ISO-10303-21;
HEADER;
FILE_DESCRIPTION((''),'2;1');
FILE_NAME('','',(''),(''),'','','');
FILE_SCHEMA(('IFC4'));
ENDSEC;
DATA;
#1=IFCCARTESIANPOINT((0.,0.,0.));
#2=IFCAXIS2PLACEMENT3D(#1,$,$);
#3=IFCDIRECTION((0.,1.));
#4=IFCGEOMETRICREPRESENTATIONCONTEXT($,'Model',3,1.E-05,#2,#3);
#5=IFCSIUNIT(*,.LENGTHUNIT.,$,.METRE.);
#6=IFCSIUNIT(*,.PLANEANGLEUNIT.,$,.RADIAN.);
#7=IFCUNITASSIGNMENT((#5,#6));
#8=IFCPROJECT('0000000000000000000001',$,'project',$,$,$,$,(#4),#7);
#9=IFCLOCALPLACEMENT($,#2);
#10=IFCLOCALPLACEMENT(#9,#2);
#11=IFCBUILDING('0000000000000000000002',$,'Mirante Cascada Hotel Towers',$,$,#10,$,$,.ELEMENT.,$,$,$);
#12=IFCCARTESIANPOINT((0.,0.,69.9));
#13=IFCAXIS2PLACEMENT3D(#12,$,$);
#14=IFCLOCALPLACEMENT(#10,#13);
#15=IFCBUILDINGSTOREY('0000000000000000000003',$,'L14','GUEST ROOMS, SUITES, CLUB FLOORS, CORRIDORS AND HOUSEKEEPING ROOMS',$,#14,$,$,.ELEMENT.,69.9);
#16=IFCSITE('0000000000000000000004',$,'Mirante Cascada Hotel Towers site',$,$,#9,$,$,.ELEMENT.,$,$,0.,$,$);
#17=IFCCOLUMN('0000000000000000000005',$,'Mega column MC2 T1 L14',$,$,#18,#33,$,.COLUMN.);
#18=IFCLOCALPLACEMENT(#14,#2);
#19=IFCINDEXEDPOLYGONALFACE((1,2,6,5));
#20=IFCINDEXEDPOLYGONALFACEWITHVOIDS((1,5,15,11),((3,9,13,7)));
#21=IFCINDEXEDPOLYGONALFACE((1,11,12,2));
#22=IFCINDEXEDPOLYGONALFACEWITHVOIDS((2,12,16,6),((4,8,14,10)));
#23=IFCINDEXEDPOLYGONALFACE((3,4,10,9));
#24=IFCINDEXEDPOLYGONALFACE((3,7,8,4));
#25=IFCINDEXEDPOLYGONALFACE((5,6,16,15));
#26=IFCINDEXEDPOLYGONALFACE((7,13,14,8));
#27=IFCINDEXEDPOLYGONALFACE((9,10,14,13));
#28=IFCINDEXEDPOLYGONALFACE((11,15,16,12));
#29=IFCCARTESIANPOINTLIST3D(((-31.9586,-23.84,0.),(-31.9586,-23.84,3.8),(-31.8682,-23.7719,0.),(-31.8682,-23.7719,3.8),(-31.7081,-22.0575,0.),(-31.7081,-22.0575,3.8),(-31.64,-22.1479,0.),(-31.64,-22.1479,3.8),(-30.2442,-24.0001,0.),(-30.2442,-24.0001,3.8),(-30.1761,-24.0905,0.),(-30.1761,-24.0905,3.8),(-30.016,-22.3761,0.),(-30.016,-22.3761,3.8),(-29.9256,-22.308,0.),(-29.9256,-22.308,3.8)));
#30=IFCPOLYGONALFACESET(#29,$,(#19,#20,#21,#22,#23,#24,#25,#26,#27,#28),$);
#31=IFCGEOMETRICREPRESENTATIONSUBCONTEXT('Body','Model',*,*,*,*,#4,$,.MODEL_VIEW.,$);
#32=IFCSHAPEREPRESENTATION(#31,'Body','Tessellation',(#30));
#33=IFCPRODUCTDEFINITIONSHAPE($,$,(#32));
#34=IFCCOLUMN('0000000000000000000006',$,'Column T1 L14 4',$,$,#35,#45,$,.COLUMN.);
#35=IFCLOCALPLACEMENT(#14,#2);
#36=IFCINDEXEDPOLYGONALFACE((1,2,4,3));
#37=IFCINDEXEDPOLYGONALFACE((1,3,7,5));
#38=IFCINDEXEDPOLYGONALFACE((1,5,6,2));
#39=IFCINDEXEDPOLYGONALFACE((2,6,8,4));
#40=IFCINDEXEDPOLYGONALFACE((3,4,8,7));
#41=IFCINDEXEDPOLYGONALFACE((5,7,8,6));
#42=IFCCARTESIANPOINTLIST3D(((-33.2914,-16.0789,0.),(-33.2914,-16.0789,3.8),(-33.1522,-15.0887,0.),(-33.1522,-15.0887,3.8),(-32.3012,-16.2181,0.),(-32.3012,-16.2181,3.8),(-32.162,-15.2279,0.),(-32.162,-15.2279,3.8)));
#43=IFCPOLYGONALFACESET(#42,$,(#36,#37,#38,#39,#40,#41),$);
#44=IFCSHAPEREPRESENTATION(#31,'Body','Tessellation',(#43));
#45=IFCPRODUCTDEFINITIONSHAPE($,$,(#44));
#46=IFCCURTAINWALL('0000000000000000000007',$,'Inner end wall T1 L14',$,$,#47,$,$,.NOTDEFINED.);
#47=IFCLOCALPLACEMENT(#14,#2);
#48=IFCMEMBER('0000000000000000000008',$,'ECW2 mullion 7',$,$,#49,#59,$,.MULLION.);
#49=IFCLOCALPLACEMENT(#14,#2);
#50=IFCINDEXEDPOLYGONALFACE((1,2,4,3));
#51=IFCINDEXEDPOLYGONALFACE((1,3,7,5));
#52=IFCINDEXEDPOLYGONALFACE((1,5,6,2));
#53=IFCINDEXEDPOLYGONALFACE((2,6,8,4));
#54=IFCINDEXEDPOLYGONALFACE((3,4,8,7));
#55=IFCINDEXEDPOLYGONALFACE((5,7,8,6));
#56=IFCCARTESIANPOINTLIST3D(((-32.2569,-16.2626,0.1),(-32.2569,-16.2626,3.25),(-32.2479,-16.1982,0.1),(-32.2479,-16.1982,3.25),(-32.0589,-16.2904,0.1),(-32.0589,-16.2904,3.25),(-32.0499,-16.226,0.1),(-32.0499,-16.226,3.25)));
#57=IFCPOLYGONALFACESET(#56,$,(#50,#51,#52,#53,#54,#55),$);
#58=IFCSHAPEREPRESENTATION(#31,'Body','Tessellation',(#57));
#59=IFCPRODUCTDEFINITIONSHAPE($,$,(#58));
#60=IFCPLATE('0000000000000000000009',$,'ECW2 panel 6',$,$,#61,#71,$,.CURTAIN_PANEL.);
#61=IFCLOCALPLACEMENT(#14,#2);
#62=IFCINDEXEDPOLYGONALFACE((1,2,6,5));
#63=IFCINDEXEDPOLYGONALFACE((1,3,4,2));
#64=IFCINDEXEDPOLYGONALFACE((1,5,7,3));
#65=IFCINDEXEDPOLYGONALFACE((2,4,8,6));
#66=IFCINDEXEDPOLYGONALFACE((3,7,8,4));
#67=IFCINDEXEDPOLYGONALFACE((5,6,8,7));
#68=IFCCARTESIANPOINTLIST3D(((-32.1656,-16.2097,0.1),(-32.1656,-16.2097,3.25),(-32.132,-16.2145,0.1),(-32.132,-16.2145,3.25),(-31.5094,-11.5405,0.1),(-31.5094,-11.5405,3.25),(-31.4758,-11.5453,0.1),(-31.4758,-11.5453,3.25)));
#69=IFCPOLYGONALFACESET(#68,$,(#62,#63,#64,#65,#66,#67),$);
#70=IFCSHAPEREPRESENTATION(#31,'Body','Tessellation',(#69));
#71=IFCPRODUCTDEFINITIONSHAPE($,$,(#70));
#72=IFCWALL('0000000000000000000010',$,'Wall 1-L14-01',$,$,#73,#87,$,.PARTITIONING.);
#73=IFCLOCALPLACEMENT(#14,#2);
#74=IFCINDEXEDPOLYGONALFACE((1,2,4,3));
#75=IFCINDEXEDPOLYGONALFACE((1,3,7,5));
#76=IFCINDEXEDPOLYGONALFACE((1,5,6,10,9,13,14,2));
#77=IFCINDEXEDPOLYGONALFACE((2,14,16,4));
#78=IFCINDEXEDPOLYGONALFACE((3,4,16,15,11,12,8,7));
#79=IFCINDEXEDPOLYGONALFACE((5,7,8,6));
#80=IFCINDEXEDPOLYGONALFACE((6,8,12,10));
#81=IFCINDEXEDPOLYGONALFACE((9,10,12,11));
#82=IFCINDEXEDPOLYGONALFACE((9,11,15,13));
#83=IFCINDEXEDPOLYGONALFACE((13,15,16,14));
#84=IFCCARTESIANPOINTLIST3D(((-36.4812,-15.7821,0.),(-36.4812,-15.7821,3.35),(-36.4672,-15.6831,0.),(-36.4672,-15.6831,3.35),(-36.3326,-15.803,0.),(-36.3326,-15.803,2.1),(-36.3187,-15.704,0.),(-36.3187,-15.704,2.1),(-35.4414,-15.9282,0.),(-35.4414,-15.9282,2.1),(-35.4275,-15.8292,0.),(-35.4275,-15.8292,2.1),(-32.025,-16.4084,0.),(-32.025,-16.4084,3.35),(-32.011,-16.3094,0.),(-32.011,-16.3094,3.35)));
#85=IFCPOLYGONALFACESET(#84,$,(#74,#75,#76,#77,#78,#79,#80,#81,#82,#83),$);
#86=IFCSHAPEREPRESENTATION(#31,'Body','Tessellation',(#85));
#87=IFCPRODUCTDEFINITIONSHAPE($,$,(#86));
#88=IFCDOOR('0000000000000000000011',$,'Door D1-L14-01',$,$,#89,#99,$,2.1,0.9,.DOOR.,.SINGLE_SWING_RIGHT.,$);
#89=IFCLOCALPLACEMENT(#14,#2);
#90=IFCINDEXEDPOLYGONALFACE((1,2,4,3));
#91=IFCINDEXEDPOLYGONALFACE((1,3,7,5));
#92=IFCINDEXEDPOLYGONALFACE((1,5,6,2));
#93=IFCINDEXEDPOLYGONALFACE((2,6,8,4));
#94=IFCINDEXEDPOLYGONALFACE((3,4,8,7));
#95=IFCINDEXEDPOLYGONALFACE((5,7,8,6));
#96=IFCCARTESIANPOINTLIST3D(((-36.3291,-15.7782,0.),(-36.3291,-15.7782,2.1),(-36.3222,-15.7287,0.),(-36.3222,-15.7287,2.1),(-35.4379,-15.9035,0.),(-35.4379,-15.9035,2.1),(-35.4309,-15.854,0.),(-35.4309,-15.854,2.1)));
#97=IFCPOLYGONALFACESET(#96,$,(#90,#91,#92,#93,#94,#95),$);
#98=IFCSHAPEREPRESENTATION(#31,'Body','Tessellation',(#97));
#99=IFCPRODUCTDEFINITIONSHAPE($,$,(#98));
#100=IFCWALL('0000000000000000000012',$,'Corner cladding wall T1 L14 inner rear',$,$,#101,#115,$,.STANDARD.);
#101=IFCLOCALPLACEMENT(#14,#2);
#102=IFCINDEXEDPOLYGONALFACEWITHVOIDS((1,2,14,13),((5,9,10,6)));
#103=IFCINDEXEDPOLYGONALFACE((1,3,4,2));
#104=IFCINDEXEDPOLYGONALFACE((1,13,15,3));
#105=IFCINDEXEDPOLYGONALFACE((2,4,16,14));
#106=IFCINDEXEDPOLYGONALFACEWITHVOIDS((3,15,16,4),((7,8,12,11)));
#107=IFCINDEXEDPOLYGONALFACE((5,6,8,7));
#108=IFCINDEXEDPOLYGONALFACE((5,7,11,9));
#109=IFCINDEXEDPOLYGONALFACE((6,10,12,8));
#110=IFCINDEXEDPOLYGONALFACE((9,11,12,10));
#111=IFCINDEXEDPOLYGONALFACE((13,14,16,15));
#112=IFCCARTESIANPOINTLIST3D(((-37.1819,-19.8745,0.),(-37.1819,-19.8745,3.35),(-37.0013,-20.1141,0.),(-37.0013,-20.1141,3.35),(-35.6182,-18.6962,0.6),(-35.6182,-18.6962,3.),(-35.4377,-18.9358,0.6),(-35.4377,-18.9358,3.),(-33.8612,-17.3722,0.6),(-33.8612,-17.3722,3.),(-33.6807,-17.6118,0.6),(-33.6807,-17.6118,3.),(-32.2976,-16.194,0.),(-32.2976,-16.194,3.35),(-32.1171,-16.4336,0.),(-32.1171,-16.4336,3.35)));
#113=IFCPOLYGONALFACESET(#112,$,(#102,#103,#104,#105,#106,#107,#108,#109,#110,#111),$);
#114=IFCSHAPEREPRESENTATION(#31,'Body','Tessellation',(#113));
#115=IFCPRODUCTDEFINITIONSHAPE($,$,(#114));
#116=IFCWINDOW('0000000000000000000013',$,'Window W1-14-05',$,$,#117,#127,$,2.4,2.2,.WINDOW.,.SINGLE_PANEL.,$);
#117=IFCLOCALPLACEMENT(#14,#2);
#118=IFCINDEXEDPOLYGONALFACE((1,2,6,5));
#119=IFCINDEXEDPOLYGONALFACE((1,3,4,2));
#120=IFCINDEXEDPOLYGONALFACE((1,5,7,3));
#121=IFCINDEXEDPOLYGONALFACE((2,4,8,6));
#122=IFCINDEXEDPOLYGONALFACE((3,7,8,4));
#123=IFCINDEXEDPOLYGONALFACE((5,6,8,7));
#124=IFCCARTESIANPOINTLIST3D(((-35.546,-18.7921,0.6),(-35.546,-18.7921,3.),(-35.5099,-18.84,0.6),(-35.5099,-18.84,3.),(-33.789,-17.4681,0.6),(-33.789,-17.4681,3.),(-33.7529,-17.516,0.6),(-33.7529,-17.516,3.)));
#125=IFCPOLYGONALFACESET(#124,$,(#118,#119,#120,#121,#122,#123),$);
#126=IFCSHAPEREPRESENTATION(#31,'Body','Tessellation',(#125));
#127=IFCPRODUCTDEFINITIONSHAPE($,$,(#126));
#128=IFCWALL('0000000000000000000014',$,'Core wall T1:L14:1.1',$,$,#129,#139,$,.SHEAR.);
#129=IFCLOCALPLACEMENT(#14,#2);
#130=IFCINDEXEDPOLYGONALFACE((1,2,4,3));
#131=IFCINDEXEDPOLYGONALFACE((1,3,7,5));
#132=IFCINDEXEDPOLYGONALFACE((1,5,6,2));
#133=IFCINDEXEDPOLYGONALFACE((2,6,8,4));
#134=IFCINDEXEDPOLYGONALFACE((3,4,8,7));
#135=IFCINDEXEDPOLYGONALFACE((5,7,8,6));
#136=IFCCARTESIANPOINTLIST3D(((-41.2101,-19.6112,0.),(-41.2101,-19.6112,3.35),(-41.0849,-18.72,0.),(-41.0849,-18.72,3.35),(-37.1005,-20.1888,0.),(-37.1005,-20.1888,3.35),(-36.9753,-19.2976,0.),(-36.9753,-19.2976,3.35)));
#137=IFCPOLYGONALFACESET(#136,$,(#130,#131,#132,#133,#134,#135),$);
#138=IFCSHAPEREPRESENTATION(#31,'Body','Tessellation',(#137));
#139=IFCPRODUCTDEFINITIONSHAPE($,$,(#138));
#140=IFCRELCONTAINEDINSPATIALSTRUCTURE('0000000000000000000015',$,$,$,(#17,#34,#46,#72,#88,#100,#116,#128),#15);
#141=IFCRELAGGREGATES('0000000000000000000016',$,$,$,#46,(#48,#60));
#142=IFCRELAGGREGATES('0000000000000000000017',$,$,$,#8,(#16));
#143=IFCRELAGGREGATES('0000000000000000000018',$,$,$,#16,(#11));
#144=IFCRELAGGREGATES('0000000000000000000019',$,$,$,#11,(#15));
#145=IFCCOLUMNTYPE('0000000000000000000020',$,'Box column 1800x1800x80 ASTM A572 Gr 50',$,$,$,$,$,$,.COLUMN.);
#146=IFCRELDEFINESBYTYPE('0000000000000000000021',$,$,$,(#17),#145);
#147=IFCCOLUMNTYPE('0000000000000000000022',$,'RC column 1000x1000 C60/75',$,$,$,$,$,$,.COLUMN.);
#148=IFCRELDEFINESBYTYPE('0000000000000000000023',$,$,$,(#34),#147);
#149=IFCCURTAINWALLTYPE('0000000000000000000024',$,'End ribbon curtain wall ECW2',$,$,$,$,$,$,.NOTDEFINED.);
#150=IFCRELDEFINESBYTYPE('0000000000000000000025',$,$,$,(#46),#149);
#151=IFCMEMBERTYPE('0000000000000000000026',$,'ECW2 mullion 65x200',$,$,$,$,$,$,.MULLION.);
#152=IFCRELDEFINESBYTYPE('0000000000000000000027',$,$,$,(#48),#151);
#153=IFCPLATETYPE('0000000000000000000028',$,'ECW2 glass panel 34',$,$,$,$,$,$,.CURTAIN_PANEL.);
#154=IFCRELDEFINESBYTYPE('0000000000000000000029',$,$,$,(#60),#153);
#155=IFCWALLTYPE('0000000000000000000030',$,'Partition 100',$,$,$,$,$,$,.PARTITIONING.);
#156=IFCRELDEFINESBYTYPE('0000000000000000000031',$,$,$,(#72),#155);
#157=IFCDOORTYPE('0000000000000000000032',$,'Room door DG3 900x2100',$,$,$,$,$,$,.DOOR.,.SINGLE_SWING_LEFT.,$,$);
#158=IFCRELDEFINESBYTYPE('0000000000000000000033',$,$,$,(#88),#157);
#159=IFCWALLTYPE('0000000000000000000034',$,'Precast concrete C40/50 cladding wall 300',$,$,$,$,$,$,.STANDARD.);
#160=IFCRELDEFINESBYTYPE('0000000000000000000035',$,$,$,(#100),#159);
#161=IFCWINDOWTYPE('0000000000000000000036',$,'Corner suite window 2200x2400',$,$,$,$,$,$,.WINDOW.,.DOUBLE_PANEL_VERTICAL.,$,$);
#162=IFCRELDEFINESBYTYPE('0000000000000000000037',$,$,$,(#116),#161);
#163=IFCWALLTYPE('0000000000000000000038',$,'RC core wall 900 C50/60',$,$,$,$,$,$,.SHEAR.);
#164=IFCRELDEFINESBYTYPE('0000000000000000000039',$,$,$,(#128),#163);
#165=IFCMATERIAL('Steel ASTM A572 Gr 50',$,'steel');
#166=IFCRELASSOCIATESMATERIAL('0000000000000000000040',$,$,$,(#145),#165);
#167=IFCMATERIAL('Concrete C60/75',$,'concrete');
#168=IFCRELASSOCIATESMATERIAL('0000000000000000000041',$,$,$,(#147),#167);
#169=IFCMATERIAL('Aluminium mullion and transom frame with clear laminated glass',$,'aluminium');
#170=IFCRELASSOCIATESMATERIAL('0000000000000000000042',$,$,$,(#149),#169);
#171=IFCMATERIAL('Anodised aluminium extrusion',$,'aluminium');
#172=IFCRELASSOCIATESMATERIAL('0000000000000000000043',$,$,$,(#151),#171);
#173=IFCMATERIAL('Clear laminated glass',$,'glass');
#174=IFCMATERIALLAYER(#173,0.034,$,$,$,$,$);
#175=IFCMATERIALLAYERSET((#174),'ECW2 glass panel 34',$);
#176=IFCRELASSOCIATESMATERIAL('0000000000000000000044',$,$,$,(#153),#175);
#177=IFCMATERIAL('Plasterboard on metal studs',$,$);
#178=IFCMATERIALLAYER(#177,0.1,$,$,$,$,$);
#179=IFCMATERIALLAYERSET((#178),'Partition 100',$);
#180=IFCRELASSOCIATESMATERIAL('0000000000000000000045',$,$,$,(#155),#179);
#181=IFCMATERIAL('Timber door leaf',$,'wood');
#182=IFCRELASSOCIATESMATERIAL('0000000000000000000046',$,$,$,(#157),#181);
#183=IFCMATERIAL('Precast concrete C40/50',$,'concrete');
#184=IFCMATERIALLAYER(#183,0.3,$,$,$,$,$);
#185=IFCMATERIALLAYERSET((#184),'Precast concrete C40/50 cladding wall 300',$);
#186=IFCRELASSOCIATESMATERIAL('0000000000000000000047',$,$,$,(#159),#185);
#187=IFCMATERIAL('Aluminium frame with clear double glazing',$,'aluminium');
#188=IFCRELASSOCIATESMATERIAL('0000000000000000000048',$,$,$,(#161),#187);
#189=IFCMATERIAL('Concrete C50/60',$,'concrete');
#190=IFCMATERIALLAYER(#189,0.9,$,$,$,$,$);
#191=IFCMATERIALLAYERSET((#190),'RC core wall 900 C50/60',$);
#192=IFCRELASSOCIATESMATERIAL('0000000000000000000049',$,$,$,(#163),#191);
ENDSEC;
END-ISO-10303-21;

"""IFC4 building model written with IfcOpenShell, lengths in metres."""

from ifc_helpers import new_model, si_unit, direction, frame, frame_2d, origin, origin_2d, place, context, subcontext, project, spatial, rectangle, hollow_rectangle, extrude, material, layer, layer_set, material_profile, profile_set, type_object, element, fill, aggregate, save


model = new_model("IFC4")

# Units and contexts
model_context = context("Model", 3, precision=1e-05, world=origin(), true_north=direction((0.0, 1.0)))
body_context = subcontext(model_context, "Body", "Model", "MODEL_VIEW")
ifc_project = project(units=[si_unit("LENGTHUNIT", "METRE"), si_unit("PLANEANGLEUNIT", "RADIAN")], contexts=[model_context])

# Site, building, storey
site_placement = place(None, origin())
site = spatial("IfcSite", under=ifc_project, at=site_placement, Name="Mirante Cascada Hotel Towers site", CompositionType="ELEMENT", RefElevation=0.0)
building_placement = place(site_placement, origin())
building = spatial("IfcBuilding", under=site, at=building_placement, Name="Mirante Cascada Hotel Towers", CompositionType="ELEMENT")
storey_placement = place(building_placement, frame((0.0, 0.0, 69.9)))
storey = spatial("IfcBuildingStorey", under=building, at=storey_placement, Name="L14", Description="GUEST ROOMS, SUITES, CLUB FLOORS, CORRIDORS AND HOUSEKEEPING ROOMS", CompositionType="ELEMENT", Elevation=69.9)

# Columns
ifc_material_1 = material(Name="Steel ASTM A572 Gr 50", Category="steel")
ifc_material_profile_1 = material_profile(ifc_material_1, hollow_rectangle(XDim=1.8, YDim=1.8, WallThickness=0.08, at=origin_2d()), Name="Box column 1800x1800x80 ASTM A572 Gr 50")
ifc_profile_set_1 = profile_set([ifc_material_profile_1], Name="Steel ASTM A572 Gr 50")
column_type_1 = type_object("IfcColumnType", Name="Box column 1800x1800x80 ASTM A572 Gr 50", PredefinedType="COLUMN", material=ifc_profile_set_1)
column_1_placement = place(storey_placement, frame((-30.9421, -23.074, 0.0), z_axis=(0.0, 0.0, 1.0), x_axis=(-0.990268, 0.139173, 0.0)))
element("IfcColumn", 1, at=column_1_placement, inside=storey, type_object=column_type_1, Name="Mega column MC2 T1 L14", PredefinedType="COLUMN", context=body_context, shape_type="SweptSolid", body=[
    extrude(hollow_rectangle(XDim=1.8, YDim=1.8, WallThickness=0.08, at=origin_2d()), origin(), (0.0, 0.0, 1.0), 3.8),
])
ifc_material_2 = material(Name="Concrete C60/75", Category="concrete")
ifc_material_profile_2 = material_profile(ifc_material_2, rectangle(XDim=1.0, YDim=1.0, at=origin_2d()), Name="RC column 1000x1000 C60/75")
ifc_profile_set_2 = profile_set([ifc_material_profile_2], Name="Concrete C60/75")
column_type_2 = type_object("IfcColumnType", Name="RC column 1000x1000 C60/75", PredefinedType="COLUMN", material=ifc_profile_set_2)
column_2_placement = place(storey_placement, frame((-32.7267, -15.6534, 0.0), z_axis=(0.0, 0.0, 1.0), x_axis=(-0.990268, 0.139173, 0.0)))
element("IfcColumn", 2, at=column_2_placement, inside=storey, type_object=column_type_2, Name="Column T1 L14 4", PredefinedType="COLUMN", context=body_context, shape_type="SweptSolid", body=[
    extrude(rectangle(XDim=1.0, YDim=1.0, at=origin_2d()), origin(), (0.0, 0.0, 1.0), 3.8),
])

# Curtain wall, member, plate
ifc_material_3 = material(Name="Aluminium mullion and transom frame with clear laminated glass", Category="aluminium")
curtain_wall_type = type_object("IfcCurtainWallType", Name="End ribbon curtain wall ECW2", PredefinedType="NOTDEFINED", material=ifc_material_3)
curtain_wall_placement = place(storey_placement, origin())
curtain_wall = element("IfcCurtainWall", 3, at=curtain_wall_placement, inside=storey, type_object=curtain_wall_type, Name="Inner end wall T1 L14", PredefinedType="NOTDEFINED")
ifc_material_4 = material(Name="Anodised aluminium extrusion", Category="aluminium")
ifc_material_profile_3 = material_profile(ifc_material_4, rectangle(XDim=0.2, YDim=0.065, at=origin_2d()), Name="ECW2 MULLION 65x200")
ifc_profile_set_3 = profile_set([ifc_material_profile_3], Name="Anodised aluminium extrusion")
member_type = type_object("IfcMemberType", Name="ECW2 mullion 65x200", PredefinedType="MULLION", material=ifc_profile_set_3)
member_placement = place(storey_placement, frame((-32.1534, -16.2443, 0.1), z_axis=(0.0, 0.0, 1.0), x_axis=(0.990268, -0.139173, 0.0)))
member = element("IfcMember", 4, at=member_placement, type_object=member_type, Name="ECW2 mullion 7", PredefinedType="MULLION", context=body_context, shape_type="SweptSolid", body=[
    extrude(rectangle(XDim=0.2, YDim=0.065, at=origin_2d()), origin(), (0.0, 0.0, 1.0), 3.15),
])
ifc_material_5 = material(Name="Clear laminated glass", Category="glass")
ifc_layer_1 = layer(ifc_material_5, 0.034)
ifc_layer_set_1 = layer_set([ifc_layer_1], Name="ECW2 glass panel 34")
plate_type = type_object("IfcPlateType", Name="ECW2 glass panel 34", PredefinedType="CURTAIN_PANEL", material=ifc_layer_set_1)
plate_placement = place(storey_placement, frame((-31.8207, -13.8775, 0.1), z_axis=(0.0, 0.0, 1.0), x_axis=(-0.139173, -0.990268, 0.0)))
plate = element("IfcPlate", 5, at=plate_placement, type_object=plate_type, Name="ECW2 panel 6", PredefinedType="CURTAIN_PANEL", context=body_context, shape_type="SweptSolid", body=[
    extrude(rectangle(XDim=4.7151, YDim=0.034, at=origin_2d()), origin(), (0.0, 0.0, 1.0), 3.15),
])
aggregate(curtain_wall, [member, plate])

# Wall, opening, door
ifc_material_6 = material(Name="Plasterboard on metal studs")
ifc_layer_2 = layer(ifc_material_6, 0.1)
ifc_layer_set_2 = layer_set([ifc_layer_2], Name="Partition 100")
wall_type_1 = type_object("IfcWallType", Name="Partition 100", PredefinedType="PARTITIONING", material=ifc_layer_set_2)
wall_1_placement = place(storey_placement, frame((-32.018, -16.3589, 0.0), z_axis=(0.0, 0.0, 1.0), x_axis=(-0.990267, 0.139178, 0.0)))
wall_1 = element("IfcWall", 6, at=wall_1_placement, inside=storey, type_object=wall_type_1, Name="Wall 1-L14-01", PredefinedType="PARTITIONING", context=body_context, shape_type="SweptSolid", body=[
    extrude(rectangle(XDim=4.5, YDim=0.1, at=frame_2d((2.25, 0.0))), origin(), (0.0, 0.0, 1.0), 3.35),
])
opening_1_placement = place(wall_1_placement, frame((3.45, 0.0, 0.0)))
opening_1 = element("IfcOpeningElement", 7, at=opening_1_placement, cuts=wall_1, PredefinedType="OPENING", context=body_context, shape_type="SweptSolid", body=[
    extrude(rectangle(XDim=0.9, YDim=2.1, at=frame_2d((0.45, 1.05))), frame((0.0, 0.05, 0.0), z_axis=(0.0, -1.0, 0.0), x_axis=(1.0, 0.0, 0.0)), (0.0, 0.0, 1.0), 0.1),
])
ifc_material_7 = material(Name="Timber door leaf", Category="wood")
door_type = type_object("IfcDoorType", Name="Room door DG3 900x2100", OperationType="SINGLE_SWING_LEFT", PredefinedType="DOOR", material=ifc_material_7)
door_placement = place(opening_1_placement, frame((0.9, 0.0, 0.0), z_axis=(0.0, 0.0, 1.0), x_axis=(-1.0, 0.0, 0.0)))
door = element("IfcDoor", 8, at=door_placement, inside=storey, type_object=door_type, Name="Door D1-L14-01", OperationType="SINGLE_SWING_RIGHT", OverallHeight=2.1, OverallWidth=0.9, PredefinedType="DOOR", context=body_context, shape_type="SweptSolid", body=[
    extrude(rectangle(XDim=0.9, YDim=2.1, at=frame_2d((0.45, 1.05))), frame((0.0, 0.025, 0.0), z_axis=(0.0, -1.0, 0.0), x_axis=(1.0, 0.0, 0.0)), (0.0, 0.0, 1.0), 0.05),
])
fill(opening_1, door)

# Wall, opening, window
ifc_material_8 = material(Name="Precast concrete C40/50", Category="concrete")
ifc_layer_3 = layer(ifc_material_8, 0.3)
ifc_layer_set_3 = layer_set([ifc_layer_3], Name="Precast concrete C40/50 cladding wall 300")
wall_type_2 = type_object("IfcWallType", Name="Precast concrete C40/50 cladding wall 300", PredefinedType="STANDARD", material=ifc_layer_set_3)
wall_2_placement = place(storey_placement, frame((-32.2074, -16.3138, 0.0), z_axis=(0.0, 0.0, 1.0), x_axis=(-0.798636, -0.601814, 0.0)))
wall_2 = element("IfcWall", 9, at=wall_2_placement, inside=storey, type_object=wall_type_2, Name="Corner cladding wall T1 L14 inner rear", PredefinedType="STANDARD", context=body_context, shape_type="SweptSolid", body=[
    extrude(rectangle(XDim=6.1157, YDim=0.3, at=frame_2d((3.0578, 0.0))), origin(), (0.0, 0.0, 1.0), 3.35),
])
opening_2_placement = place(wall_2_placement, frame((1.9578, 0.0, 0.6)))
opening_2 = element("IfcOpeningElement", 10, at=opening_2_placement, cuts=wall_2, PredefinedType="OPENING", context=body_context, shape_type="SweptSolid", body=[
    extrude(rectangle(XDim=2.2, YDim=2.4, at=frame_2d((1.1, 1.2))), frame((0.0, 0.15, 0.0), z_axis=(0.0, -1.0, 0.0), x_axis=(1.0, 0.0, 0.0)), (0.0, 0.0, 1.0), 0.3),
])
ifc_material_9 = material(Name="Aluminium frame with clear double glazing", Category="aluminium")
window_type = type_object("IfcWindowType", Name="Corner suite window 2200x2400", PartitioningType="DOUBLE_PANEL_VERTICAL", PredefinedType="WINDOW", material=ifc_material_9)
window_placement = place(opening_2_placement, origin())
window = element("IfcWindow", 11, at=window_placement, inside=storey, type_object=window_type, Name="Window W1-14-05", OverallHeight=2.4, OverallWidth=2.2, PartitioningType="SINGLE_PANEL", PredefinedType="WINDOW", context=body_context, shape_type="SweptSolid", body=[
    extrude(rectangle(XDim=2.2, YDim=2.4, at=frame_2d((1.1, 1.2))), frame((0.0, 0.03, 0.0), z_axis=(0.0, -1.0, 0.0), x_axis=(1.0, 0.0, 0.0)), (0.0, 0.0, 1.0), 0.06),
])
fill(opening_2, window)

# Wall
ifc_material_10 = material(Name="Concrete C50/60", Category="concrete")
ifc_layer_4 = layer(ifc_material_10, 0.9)
ifc_layer_set_4 = layer_set([ifc_layer_4], Name="RC core wall 900 C50/60")
wall_type_3 = type_object("IfcWallType", Name="RC core wall 900 C50/60", PredefinedType="SHEAR", material=ifc_layer_set_4)
wall_3_placement = place(storey_placement, frame((-37.0379, -19.7432, 0.0), z_axis=(0.0, 0.0, 1.0), x_axis=(-0.990267, 0.139181, 0.0)))
element("IfcWall", 12, at=wall_3_placement, inside=storey, type_object=wall_type_3, Name="Core wall T1:L14:1.1", PredefinedType="SHEAR", context=body_context, shape_type="SweptSolid", body=[
    extrude(rectangle(XDim=4.15, YDim=0.9, at=frame_2d((2.075, 0.0))), origin(), (0.0, 0.0, 1.0), 3.35),
])

save(model, "model.ifc")
